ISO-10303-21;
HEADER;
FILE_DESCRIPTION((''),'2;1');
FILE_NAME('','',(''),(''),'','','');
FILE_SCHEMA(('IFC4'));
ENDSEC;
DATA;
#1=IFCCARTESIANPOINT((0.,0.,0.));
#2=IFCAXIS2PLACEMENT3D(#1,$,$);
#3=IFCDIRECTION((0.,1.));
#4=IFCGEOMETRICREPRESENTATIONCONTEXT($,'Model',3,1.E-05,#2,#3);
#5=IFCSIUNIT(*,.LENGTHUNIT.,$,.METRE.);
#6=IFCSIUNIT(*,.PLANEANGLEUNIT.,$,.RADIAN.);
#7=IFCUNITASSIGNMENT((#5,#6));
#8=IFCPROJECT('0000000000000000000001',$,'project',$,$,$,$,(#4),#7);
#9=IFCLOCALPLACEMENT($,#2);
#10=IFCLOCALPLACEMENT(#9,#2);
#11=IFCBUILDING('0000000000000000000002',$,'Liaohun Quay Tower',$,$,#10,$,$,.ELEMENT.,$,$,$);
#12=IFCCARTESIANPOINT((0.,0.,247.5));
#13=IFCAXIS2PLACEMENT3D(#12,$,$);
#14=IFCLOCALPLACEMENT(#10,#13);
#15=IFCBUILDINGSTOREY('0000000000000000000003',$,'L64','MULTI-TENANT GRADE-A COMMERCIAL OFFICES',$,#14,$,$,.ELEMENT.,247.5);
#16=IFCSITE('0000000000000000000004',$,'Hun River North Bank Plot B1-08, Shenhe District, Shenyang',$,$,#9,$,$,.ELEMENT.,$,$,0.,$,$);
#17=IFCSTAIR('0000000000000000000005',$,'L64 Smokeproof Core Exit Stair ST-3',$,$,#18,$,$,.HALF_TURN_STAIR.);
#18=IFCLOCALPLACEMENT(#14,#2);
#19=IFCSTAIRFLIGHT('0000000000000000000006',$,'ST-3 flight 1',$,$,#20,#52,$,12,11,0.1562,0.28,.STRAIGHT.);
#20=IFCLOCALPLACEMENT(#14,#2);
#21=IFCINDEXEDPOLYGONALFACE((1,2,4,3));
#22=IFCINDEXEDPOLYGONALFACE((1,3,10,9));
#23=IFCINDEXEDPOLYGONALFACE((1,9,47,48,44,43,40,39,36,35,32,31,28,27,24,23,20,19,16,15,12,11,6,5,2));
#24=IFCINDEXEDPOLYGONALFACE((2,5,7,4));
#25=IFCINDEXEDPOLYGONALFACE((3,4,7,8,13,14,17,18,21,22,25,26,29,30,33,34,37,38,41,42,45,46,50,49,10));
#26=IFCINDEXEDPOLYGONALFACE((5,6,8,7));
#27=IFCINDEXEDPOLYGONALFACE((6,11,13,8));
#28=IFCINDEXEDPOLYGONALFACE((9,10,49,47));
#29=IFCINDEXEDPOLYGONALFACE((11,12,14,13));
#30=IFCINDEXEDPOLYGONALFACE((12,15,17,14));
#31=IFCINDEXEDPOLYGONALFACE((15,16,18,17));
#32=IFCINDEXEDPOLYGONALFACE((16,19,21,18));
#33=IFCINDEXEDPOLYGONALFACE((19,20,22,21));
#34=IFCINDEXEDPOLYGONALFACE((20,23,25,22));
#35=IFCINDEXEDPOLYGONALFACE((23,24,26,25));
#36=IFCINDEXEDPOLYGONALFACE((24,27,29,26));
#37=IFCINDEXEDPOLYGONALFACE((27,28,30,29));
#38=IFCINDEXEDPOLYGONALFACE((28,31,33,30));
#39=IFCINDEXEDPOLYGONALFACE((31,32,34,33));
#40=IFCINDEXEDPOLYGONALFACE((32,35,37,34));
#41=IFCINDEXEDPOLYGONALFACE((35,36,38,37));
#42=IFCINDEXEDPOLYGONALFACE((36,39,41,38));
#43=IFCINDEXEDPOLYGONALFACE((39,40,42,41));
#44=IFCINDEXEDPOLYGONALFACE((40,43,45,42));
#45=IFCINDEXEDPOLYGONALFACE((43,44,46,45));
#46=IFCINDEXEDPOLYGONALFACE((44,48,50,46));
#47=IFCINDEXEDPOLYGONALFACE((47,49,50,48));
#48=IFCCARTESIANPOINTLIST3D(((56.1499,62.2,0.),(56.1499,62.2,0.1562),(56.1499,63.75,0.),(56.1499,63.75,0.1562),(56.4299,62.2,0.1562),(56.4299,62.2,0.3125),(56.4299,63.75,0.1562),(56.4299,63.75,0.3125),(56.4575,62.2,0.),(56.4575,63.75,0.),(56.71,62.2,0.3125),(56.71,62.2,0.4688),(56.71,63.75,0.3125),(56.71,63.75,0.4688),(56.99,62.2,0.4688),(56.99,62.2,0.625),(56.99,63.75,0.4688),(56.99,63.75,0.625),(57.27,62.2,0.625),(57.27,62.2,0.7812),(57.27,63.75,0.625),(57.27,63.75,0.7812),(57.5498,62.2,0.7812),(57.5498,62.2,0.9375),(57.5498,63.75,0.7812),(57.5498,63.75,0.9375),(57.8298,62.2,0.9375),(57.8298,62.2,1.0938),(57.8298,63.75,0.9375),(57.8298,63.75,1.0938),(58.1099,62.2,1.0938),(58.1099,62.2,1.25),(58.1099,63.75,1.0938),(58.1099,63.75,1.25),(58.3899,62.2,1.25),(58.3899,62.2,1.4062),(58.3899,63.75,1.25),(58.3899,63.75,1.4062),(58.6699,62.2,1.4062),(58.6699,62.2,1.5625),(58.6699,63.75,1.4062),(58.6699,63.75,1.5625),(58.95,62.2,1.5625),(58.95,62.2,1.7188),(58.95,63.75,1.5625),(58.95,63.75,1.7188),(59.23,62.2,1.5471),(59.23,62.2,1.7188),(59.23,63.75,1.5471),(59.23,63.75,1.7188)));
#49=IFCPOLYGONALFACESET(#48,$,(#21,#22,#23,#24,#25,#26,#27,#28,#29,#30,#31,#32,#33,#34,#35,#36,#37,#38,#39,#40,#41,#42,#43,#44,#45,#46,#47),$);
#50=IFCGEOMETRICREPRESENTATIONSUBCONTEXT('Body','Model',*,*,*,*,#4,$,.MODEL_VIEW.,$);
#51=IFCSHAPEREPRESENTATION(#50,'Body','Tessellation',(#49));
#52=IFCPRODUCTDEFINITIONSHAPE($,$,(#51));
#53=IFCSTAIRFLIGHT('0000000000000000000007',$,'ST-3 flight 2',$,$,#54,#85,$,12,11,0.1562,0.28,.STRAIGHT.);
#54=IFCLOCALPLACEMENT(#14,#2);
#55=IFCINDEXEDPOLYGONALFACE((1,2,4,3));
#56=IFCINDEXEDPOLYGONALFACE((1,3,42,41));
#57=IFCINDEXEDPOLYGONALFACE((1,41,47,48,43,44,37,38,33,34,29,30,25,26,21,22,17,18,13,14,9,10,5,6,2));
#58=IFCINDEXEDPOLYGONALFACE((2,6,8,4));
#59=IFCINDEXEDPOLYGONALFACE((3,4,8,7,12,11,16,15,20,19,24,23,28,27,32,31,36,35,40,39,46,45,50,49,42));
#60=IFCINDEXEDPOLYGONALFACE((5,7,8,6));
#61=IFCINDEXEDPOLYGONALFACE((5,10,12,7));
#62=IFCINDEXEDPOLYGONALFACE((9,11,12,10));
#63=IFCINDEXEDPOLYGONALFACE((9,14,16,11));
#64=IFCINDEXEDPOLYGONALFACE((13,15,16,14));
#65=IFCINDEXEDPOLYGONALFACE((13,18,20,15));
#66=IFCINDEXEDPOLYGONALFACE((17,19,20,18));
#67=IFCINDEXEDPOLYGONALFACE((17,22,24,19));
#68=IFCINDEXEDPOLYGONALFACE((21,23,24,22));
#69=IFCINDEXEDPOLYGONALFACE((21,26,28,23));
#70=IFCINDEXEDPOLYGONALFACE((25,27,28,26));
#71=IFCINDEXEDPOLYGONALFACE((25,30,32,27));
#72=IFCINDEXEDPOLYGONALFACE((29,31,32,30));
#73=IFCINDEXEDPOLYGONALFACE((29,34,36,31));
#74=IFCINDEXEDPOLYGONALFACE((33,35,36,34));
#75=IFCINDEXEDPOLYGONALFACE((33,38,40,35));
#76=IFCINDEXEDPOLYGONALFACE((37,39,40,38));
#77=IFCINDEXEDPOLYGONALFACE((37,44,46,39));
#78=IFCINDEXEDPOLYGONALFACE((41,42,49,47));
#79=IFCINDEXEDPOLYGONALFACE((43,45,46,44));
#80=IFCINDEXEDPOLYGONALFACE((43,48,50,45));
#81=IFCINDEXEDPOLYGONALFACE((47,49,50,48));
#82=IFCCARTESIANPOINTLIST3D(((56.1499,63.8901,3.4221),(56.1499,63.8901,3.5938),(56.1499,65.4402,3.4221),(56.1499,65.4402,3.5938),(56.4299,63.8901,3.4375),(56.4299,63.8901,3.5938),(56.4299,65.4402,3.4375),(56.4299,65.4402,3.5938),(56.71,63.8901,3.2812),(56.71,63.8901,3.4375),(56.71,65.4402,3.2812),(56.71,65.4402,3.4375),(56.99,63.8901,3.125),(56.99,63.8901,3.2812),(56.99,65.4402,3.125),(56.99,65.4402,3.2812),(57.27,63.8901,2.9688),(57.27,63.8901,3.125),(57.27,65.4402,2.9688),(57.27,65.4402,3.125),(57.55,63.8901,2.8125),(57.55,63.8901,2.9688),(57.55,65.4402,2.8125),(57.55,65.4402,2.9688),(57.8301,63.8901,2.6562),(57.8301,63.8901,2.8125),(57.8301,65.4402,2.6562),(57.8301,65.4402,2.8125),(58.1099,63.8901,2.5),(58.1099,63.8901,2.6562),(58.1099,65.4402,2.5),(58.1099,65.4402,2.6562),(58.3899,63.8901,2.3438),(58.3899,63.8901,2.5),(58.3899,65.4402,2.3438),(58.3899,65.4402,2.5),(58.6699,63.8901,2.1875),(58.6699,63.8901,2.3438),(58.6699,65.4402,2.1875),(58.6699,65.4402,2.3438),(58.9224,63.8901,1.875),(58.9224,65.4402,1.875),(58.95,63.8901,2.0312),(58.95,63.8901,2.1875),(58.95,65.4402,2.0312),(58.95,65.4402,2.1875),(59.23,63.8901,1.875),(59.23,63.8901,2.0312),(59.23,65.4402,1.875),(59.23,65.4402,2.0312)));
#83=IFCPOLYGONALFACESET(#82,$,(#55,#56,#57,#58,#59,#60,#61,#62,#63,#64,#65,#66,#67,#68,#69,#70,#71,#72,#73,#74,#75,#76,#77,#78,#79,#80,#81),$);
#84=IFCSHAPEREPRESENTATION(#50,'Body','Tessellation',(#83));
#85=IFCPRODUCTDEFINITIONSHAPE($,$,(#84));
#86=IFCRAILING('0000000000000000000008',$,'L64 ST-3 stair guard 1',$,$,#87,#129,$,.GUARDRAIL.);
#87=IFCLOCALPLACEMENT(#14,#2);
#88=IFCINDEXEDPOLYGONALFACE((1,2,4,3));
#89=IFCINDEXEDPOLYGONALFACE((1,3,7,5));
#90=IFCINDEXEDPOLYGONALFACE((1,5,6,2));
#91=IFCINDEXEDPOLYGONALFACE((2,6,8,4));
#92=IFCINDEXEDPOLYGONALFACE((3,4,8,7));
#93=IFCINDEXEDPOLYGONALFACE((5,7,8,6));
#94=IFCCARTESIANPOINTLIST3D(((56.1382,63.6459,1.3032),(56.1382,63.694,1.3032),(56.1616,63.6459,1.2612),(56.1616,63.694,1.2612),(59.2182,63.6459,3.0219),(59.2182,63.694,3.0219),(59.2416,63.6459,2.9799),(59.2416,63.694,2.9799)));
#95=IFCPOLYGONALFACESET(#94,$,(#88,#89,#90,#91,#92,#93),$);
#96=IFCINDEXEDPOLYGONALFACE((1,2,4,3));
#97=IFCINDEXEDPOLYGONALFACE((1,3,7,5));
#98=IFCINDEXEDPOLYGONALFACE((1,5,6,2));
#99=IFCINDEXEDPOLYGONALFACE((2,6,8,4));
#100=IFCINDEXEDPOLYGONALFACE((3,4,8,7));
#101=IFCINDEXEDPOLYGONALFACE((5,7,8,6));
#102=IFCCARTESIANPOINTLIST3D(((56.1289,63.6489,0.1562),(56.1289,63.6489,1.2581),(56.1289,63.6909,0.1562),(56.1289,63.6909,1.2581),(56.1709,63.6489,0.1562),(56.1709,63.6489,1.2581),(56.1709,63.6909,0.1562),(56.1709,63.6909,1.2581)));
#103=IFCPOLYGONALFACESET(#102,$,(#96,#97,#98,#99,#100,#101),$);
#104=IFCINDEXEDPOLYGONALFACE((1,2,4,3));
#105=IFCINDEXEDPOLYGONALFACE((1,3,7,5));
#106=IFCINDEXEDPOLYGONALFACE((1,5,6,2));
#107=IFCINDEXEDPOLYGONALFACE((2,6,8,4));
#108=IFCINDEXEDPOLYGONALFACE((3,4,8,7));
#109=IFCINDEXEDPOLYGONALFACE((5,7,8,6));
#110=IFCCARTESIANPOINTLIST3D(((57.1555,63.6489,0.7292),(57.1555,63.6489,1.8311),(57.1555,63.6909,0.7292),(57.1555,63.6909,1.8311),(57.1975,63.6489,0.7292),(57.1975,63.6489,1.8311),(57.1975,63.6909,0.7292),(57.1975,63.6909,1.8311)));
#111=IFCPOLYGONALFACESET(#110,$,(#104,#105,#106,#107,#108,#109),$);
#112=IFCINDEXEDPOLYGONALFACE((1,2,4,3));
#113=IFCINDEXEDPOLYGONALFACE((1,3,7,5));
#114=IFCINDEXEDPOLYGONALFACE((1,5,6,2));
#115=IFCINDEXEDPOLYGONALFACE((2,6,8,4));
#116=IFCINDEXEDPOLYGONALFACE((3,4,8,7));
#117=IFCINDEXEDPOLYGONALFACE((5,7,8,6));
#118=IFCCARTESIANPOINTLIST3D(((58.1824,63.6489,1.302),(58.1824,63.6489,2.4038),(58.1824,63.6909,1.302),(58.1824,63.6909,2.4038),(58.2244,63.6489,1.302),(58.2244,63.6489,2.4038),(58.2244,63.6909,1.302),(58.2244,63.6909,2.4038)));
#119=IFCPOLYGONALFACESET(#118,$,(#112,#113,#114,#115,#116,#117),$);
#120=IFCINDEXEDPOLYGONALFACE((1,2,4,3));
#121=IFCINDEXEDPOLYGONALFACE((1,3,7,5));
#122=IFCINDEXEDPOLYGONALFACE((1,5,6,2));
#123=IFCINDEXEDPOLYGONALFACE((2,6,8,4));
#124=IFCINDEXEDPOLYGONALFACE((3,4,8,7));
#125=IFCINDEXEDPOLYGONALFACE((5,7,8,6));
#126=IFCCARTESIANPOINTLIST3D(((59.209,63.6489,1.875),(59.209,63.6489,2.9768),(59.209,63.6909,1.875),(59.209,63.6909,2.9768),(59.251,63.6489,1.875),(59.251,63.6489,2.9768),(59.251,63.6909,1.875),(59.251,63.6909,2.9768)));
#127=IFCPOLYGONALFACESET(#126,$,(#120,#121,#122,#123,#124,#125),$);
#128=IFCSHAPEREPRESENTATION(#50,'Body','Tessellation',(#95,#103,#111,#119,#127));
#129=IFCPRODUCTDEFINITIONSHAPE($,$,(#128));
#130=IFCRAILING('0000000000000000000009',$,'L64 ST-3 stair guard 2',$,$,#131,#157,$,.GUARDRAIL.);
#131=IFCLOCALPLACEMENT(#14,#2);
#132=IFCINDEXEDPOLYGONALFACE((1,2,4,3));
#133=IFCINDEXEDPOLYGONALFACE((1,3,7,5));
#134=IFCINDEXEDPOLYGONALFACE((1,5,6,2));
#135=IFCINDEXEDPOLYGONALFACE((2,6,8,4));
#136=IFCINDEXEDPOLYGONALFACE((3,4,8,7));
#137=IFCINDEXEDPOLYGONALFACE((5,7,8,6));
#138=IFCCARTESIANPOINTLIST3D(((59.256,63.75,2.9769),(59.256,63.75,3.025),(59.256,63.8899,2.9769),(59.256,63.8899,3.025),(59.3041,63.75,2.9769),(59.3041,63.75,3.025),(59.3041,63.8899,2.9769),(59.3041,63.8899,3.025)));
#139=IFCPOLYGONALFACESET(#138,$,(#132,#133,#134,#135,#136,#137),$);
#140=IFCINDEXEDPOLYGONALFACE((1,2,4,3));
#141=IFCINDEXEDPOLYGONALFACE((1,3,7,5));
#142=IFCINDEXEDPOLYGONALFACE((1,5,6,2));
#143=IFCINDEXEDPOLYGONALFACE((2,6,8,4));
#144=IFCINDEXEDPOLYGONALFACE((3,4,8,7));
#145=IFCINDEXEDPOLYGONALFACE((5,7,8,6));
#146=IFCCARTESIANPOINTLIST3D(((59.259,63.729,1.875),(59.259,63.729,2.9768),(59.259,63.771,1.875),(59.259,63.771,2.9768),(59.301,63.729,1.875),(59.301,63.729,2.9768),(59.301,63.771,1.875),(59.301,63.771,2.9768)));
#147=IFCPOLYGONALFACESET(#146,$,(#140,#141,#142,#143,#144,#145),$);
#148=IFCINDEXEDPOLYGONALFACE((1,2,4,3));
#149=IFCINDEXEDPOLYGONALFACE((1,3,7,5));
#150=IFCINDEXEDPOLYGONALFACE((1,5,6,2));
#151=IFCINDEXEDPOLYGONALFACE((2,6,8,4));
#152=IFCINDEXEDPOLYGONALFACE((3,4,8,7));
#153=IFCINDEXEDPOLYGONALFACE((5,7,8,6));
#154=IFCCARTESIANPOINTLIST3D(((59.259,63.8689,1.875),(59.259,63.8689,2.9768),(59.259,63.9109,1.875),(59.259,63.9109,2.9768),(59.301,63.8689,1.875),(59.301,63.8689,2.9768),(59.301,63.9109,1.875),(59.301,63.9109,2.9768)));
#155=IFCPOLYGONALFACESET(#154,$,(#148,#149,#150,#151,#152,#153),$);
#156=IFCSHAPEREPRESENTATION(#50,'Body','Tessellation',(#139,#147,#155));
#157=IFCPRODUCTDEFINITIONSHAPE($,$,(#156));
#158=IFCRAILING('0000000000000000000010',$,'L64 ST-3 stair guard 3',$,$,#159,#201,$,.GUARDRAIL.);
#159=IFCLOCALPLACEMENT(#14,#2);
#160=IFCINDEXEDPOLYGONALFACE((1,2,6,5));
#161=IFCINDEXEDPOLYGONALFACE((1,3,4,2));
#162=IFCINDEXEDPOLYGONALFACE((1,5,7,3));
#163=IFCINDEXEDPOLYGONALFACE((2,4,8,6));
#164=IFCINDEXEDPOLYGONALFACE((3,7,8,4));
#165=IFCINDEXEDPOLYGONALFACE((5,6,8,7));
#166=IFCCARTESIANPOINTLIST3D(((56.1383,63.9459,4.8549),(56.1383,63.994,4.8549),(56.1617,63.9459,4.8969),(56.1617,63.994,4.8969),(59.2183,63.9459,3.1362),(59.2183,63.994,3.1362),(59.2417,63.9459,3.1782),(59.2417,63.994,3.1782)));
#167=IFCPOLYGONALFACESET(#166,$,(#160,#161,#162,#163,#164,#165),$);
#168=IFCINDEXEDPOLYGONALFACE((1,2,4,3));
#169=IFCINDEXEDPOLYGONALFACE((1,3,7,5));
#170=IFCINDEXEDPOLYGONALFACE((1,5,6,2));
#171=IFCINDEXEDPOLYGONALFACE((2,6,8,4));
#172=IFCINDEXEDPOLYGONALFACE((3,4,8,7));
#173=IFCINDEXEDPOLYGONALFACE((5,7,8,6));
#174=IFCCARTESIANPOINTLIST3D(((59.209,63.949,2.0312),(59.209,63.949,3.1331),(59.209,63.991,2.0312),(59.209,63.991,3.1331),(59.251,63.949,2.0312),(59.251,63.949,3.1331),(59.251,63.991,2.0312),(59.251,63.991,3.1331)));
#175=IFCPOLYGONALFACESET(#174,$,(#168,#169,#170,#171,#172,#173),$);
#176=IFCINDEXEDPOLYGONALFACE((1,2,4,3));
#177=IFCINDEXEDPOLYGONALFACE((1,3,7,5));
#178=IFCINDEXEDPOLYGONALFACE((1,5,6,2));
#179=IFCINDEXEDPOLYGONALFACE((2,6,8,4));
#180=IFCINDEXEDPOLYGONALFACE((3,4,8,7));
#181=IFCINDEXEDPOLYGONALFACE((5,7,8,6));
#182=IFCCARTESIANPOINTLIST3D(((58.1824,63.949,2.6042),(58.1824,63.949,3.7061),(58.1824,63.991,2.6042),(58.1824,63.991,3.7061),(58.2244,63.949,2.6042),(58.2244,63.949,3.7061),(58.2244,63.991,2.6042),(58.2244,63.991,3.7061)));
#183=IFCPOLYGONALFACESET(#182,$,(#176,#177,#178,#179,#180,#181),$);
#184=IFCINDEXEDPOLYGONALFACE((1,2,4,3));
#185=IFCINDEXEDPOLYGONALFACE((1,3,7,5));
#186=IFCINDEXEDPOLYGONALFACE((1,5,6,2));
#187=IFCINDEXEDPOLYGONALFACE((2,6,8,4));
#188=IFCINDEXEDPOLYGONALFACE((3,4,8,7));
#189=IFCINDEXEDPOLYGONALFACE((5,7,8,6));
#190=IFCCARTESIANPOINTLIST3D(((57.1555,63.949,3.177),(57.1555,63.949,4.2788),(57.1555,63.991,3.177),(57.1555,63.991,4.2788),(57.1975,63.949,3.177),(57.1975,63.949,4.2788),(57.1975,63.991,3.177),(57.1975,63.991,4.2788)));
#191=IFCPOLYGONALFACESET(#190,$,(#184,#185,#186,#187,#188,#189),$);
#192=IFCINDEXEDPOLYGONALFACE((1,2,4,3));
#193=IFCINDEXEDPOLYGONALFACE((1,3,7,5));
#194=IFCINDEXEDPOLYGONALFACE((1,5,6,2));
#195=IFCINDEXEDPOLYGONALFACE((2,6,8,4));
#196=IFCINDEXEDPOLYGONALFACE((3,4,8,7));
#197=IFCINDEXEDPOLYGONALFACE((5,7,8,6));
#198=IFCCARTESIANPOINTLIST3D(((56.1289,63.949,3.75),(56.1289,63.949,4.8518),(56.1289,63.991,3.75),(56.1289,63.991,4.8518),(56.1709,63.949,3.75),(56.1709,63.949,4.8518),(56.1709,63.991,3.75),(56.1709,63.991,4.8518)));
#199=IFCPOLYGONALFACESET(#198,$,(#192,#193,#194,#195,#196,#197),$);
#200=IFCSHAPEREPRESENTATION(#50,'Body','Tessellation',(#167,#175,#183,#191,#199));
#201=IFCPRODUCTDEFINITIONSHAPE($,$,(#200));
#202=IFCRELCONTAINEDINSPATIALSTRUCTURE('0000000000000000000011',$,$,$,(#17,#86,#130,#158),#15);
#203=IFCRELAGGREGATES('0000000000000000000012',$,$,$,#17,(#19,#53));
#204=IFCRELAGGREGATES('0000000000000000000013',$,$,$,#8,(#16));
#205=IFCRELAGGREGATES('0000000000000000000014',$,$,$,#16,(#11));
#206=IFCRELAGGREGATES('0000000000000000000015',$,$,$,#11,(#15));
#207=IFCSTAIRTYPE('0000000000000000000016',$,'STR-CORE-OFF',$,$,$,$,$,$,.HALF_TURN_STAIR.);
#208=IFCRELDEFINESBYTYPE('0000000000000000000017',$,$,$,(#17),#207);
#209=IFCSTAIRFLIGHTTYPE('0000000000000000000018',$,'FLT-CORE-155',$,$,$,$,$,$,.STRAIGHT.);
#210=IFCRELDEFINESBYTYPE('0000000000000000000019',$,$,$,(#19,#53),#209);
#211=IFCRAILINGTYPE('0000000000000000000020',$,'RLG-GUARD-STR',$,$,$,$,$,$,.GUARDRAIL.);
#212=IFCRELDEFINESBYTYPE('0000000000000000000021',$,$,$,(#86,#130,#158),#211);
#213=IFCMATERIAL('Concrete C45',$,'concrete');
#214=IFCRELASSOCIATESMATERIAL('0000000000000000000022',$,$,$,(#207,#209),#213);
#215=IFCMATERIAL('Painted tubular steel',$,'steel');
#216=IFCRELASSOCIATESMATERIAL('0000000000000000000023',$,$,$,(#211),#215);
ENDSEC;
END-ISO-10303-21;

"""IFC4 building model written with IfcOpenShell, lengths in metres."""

from ifc_helpers import new_model, si_unit, direction, frame, origin, origin_2d, place, context, subcontext, project, spatial, polyline, rectangle, outline, extrude, material, type_object, element, aggregate, save


model = new_model("IFC4")

# Units and contexts
model_context = context("Model", 3, precision=1e-05, world=origin(), true_north=direction((0.0, 1.0)))
body_context = subcontext(model_context, "Body", "Model", "MODEL_VIEW")
ifc_project = project(units=[si_unit("LENGTHUNIT", "METRE"), si_unit("PLANEANGLEUNIT", "RADIAN")], contexts=[model_context])

# Site, building, storey
site_placement = place(None, origin())
site = spatial("IfcSite", under=ifc_project, at=site_placement, Name="Hun River North Bank Plot B1-08, Shenhe District, Shenyang", CompositionType="ELEMENT", RefElevation=0.0)
building_placement = place(site_placement, origin())
building = spatial("IfcBuilding", under=site, at=building_placement, Name="Liaohun Quay Tower", CompositionType="ELEMENT")
storey_placement = place(building_placement, frame((0.0, 0.0, 247.5)))
storey = spatial("IfcBuildingStorey", under=building, at=storey_placement, Name="L64", Description="MULTI-TENANT GRADE-A COMMERCIAL OFFICES", CompositionType="ELEMENT", Elevation=247.5)

# Stair, stair flights
ifc_material_1 = material(Name="Concrete C45", Category="concrete")
stair_type = type_object("IfcStairType", Name="STR-CORE-OFF", PredefinedType="HALF_TURN_STAIR", material=ifc_material_1)
stair_placement = place(storey_placement, origin())
stair = element("IfcStair", 1, at=stair_placement, inside=storey, type_object=stair_type, Name="L64 Smokeproof Core Exit Stair ST-3", PredefinedType="HALF_TURN_STAIR")
stair_flight_type = type_object("IfcStairFlightType", Name="FLT-CORE-155", PredefinedType="STRAIGHT", material=ifc_material_1)
stair_flight_1_placement = place(storey_placement, frame((56.1499, 62.9751, 0.0), z_axis=(0.0, 0.0, 1.0), x_axis=(1.0, 0.0, 0.0)))
stair_flight_1 = element("IfcStairFlight", 2, at=stair_flight_1_placement, type_object=stair_flight_type, Name="ST-3 flight 1", NumberOfRisers=12, NumberOfTreads=11, PredefinedType="STRAIGHT", RiserHeight=0.1562, TreadLength=0.28, context=body_context, shape_type="SweptSolid", body=[
    extrude(outline(polyline([(0.0, 0.0), (0.0, 0.1562), (0.28, 0.1562), (0.28, 0.3125), (0.5601, 0.3125), (0.5601, 0.4688), (0.8401, 0.4688), (0.8401, 0.625), (1.1201, 0.625), (1.1201, 0.7812), (1.3999, 0.7812), (1.3999, 0.9375), (1.6799, 0.9375), (1.6799, 1.0938), (1.96, 1.0938), (1.96, 1.25), (2.24, 1.25), (2.24, 1.4062), (2.52, 1.4062), (2.52, 1.5625), (2.8, 1.5625), (2.8, 1.7188), (3.0801, 1.7188), (3.0801, 1.875), (3.0801, 1.5471), (0.3076, 0.0), (0.0, 0.0)])), frame((0.0, 0.7749, 0.0), z_axis=(0.0, -1.0, 0.0), x_axis=(1.0, 0.0, 0.0)), (0.0, 0.0, 1.0), 1.55),
])
stair_flight_2_placement = place(storey_placement, frame((59.23, 64.665, 1.875), z_axis=(0.0, 0.0, 1.0), x_axis=(-1.0, 0.0, 0.0)))
stair_flight_2 = element("IfcStairFlight", 3, at=stair_flight_2_placement, type_object=stair_flight_type, Name="ST-3 flight 2", NumberOfRisers=12, NumberOfTreads=11, PredefinedType="STRAIGHT", RiserHeight=0.1562, TreadLength=0.28, context=body_context, shape_type="SweptSolid", body=[
    extrude(outline(polyline([(0.0, 0.0), (0.0, 0.1562), (0.28, 0.1562), (0.28, 0.3125), (0.5601, 0.3125), (0.5601, 0.4688), (0.8401, 0.4688), (0.8401, 0.625), (1.1201, 0.625), (1.1201, 0.7812), (1.3999, 0.7812), (1.3999, 0.9375), (1.6799, 0.9375), (1.6799, 1.0938), (1.96, 1.0938), (1.96, 1.25), (2.24, 1.25), (2.24, 1.4062), (2.52, 1.4062), (2.52, 1.5625), (2.8, 1.5625), (2.8, 1.7188), (3.0801, 1.7188), (3.0801, 1.875), (3.0801, 1.5471), (0.3076, 0.0), (0.0, 0.0)])), frame((0.0, 0.7749, 0.0), z_axis=(0.0, -1.0, 0.0), x_axis=(1.0, 0.0, 0.0)), (0.0, 0.0, 1.0), 1.55),
])
aggregate(stair, [stair_flight_1, stair_flight_2])

# Railings
ifc_material_2 = material(Name="Painted tubular steel", Category="steel")
railing_type_1 = type_object("IfcRailingType", Name="RLG-GUARD-STR", PredefinedType="GUARDRAIL", material=ifc_material_2)
railing_1_placement = place(storey_placement, frame((56.1499, 63.6699, 0.1562)))
element("IfcRailing", 4, at=railing_1_placement, inside=storey, type_object=railing_type_1, Name="L64 ST-3 stair guard 1", PredefinedType="GUARDRAIL", context=body_context, shape_type="SweptSolid", body=[
    extrude(rectangle(XDim=0.0481, YDim=0.0481, at=origin_2d()), frame((0.0, 0.0, 1.126), z_axis=(0.873242, 0.0, 0.487288), x_axis=(0.0, 1.0, 0.0)), (0.0, 0.0, 1.0), 3.5271),
    extrude(rectangle(XDim=0.042, YDim=0.042, at=origin_2d()), origin(), (0.0, 0.0, 1.0), 1.1018),
    extrude(rectangle(XDim=0.042, YDim=0.042, at=origin_2d()), frame((1.0266, 0.0, 0.573)), (0.0, 0.0, 1.0), 1.1018),
    extrude(rectangle(XDim=0.042, YDim=0.042, at=origin_2d()), frame((2.0535, 0.0, 1.1458)), (0.0, 0.0, 1.0), 1.1018),
    extrude(rectangle(XDim=0.042, YDim=0.042, at=origin_2d()), frame((3.0801, 0.0, 1.7188)), (0.0, 0.0, 1.0), 1.1018),
])
railing_2_placement = place(storey_placement, frame((59.28, 63.75, 1.875)))
element("IfcRailing", 5, at=railing_2_placement, inside=storey, type_object=railing_type_1, Name="L64 ST-3 stair guard 2", PredefinedType="GUARDRAIL", context=body_context, shape_type="SweptSolid", body=[
    extrude(rectangle(XDim=0.0481, YDim=0.0481, at=origin_2d()), frame((0.0, 0.0, 1.126), z_axis=(0.0, 1.0, 0.0), x_axis=(-1.0, 0.0, 0.0)), (0.0, 0.0, 1.0), 0.1399),
    extrude(rectangle(XDim=0.042, YDim=0.042, at=origin_2d()), origin(), (0.0, 0.0, 1.0), 1.1018),
    extrude(rectangle(XDim=0.042, YDim=0.042, at=origin_2d()), frame((0.0, 0.1399, 0.0)), (0.0, 0.0, 1.0), 1.1018),
])
railing_3_placement = place(storey_placement, frame((59.23, 63.97, 2.0312)))
element("IfcRailing", 6, at=railing_3_placement, inside=storey, type_object=railing_type_1, Name="L64 ST-3 stair guard 3", PredefinedType="GUARDRAIL", context=body_context, shape_type="SweptSolid", body=[
    extrude(rectangle(XDim=0.0481, YDim=0.0481, at=origin_2d()), frame((0.0, 0.0, 1.126), z_axis=(-0.873242, 0.0, 0.487288), x_axis=(0.0, -1.0, 0.0)), (0.0, 0.0, 1.0), 3.5271),
    extrude(rectangle(XDim=0.042, YDim=0.042, at=origin_2d()), origin(), (0.0, 0.0, 1.0), 1.1018),
    extrude(rectangle(XDim=0.042, YDim=0.042, at=origin_2d()), frame((-1.0266, 0.0, 0.573)), (0.0, 0.0, 1.0), 1.1018),
    extrude(rectangle(XDim=0.042, YDim=0.042, at=origin_2d()), frame((-2.0535, 0.0, 1.1458)), (0.0, 0.0, 1.0), 1.1018),
    extrude(rectangle(XDim=0.042, YDim=0.042, at=origin_2d()), frame((-3.0801, 0.0, 1.7188)), (0.0, 0.0, 1.0), 1.1018),
])

save(model, "model.ifc")
